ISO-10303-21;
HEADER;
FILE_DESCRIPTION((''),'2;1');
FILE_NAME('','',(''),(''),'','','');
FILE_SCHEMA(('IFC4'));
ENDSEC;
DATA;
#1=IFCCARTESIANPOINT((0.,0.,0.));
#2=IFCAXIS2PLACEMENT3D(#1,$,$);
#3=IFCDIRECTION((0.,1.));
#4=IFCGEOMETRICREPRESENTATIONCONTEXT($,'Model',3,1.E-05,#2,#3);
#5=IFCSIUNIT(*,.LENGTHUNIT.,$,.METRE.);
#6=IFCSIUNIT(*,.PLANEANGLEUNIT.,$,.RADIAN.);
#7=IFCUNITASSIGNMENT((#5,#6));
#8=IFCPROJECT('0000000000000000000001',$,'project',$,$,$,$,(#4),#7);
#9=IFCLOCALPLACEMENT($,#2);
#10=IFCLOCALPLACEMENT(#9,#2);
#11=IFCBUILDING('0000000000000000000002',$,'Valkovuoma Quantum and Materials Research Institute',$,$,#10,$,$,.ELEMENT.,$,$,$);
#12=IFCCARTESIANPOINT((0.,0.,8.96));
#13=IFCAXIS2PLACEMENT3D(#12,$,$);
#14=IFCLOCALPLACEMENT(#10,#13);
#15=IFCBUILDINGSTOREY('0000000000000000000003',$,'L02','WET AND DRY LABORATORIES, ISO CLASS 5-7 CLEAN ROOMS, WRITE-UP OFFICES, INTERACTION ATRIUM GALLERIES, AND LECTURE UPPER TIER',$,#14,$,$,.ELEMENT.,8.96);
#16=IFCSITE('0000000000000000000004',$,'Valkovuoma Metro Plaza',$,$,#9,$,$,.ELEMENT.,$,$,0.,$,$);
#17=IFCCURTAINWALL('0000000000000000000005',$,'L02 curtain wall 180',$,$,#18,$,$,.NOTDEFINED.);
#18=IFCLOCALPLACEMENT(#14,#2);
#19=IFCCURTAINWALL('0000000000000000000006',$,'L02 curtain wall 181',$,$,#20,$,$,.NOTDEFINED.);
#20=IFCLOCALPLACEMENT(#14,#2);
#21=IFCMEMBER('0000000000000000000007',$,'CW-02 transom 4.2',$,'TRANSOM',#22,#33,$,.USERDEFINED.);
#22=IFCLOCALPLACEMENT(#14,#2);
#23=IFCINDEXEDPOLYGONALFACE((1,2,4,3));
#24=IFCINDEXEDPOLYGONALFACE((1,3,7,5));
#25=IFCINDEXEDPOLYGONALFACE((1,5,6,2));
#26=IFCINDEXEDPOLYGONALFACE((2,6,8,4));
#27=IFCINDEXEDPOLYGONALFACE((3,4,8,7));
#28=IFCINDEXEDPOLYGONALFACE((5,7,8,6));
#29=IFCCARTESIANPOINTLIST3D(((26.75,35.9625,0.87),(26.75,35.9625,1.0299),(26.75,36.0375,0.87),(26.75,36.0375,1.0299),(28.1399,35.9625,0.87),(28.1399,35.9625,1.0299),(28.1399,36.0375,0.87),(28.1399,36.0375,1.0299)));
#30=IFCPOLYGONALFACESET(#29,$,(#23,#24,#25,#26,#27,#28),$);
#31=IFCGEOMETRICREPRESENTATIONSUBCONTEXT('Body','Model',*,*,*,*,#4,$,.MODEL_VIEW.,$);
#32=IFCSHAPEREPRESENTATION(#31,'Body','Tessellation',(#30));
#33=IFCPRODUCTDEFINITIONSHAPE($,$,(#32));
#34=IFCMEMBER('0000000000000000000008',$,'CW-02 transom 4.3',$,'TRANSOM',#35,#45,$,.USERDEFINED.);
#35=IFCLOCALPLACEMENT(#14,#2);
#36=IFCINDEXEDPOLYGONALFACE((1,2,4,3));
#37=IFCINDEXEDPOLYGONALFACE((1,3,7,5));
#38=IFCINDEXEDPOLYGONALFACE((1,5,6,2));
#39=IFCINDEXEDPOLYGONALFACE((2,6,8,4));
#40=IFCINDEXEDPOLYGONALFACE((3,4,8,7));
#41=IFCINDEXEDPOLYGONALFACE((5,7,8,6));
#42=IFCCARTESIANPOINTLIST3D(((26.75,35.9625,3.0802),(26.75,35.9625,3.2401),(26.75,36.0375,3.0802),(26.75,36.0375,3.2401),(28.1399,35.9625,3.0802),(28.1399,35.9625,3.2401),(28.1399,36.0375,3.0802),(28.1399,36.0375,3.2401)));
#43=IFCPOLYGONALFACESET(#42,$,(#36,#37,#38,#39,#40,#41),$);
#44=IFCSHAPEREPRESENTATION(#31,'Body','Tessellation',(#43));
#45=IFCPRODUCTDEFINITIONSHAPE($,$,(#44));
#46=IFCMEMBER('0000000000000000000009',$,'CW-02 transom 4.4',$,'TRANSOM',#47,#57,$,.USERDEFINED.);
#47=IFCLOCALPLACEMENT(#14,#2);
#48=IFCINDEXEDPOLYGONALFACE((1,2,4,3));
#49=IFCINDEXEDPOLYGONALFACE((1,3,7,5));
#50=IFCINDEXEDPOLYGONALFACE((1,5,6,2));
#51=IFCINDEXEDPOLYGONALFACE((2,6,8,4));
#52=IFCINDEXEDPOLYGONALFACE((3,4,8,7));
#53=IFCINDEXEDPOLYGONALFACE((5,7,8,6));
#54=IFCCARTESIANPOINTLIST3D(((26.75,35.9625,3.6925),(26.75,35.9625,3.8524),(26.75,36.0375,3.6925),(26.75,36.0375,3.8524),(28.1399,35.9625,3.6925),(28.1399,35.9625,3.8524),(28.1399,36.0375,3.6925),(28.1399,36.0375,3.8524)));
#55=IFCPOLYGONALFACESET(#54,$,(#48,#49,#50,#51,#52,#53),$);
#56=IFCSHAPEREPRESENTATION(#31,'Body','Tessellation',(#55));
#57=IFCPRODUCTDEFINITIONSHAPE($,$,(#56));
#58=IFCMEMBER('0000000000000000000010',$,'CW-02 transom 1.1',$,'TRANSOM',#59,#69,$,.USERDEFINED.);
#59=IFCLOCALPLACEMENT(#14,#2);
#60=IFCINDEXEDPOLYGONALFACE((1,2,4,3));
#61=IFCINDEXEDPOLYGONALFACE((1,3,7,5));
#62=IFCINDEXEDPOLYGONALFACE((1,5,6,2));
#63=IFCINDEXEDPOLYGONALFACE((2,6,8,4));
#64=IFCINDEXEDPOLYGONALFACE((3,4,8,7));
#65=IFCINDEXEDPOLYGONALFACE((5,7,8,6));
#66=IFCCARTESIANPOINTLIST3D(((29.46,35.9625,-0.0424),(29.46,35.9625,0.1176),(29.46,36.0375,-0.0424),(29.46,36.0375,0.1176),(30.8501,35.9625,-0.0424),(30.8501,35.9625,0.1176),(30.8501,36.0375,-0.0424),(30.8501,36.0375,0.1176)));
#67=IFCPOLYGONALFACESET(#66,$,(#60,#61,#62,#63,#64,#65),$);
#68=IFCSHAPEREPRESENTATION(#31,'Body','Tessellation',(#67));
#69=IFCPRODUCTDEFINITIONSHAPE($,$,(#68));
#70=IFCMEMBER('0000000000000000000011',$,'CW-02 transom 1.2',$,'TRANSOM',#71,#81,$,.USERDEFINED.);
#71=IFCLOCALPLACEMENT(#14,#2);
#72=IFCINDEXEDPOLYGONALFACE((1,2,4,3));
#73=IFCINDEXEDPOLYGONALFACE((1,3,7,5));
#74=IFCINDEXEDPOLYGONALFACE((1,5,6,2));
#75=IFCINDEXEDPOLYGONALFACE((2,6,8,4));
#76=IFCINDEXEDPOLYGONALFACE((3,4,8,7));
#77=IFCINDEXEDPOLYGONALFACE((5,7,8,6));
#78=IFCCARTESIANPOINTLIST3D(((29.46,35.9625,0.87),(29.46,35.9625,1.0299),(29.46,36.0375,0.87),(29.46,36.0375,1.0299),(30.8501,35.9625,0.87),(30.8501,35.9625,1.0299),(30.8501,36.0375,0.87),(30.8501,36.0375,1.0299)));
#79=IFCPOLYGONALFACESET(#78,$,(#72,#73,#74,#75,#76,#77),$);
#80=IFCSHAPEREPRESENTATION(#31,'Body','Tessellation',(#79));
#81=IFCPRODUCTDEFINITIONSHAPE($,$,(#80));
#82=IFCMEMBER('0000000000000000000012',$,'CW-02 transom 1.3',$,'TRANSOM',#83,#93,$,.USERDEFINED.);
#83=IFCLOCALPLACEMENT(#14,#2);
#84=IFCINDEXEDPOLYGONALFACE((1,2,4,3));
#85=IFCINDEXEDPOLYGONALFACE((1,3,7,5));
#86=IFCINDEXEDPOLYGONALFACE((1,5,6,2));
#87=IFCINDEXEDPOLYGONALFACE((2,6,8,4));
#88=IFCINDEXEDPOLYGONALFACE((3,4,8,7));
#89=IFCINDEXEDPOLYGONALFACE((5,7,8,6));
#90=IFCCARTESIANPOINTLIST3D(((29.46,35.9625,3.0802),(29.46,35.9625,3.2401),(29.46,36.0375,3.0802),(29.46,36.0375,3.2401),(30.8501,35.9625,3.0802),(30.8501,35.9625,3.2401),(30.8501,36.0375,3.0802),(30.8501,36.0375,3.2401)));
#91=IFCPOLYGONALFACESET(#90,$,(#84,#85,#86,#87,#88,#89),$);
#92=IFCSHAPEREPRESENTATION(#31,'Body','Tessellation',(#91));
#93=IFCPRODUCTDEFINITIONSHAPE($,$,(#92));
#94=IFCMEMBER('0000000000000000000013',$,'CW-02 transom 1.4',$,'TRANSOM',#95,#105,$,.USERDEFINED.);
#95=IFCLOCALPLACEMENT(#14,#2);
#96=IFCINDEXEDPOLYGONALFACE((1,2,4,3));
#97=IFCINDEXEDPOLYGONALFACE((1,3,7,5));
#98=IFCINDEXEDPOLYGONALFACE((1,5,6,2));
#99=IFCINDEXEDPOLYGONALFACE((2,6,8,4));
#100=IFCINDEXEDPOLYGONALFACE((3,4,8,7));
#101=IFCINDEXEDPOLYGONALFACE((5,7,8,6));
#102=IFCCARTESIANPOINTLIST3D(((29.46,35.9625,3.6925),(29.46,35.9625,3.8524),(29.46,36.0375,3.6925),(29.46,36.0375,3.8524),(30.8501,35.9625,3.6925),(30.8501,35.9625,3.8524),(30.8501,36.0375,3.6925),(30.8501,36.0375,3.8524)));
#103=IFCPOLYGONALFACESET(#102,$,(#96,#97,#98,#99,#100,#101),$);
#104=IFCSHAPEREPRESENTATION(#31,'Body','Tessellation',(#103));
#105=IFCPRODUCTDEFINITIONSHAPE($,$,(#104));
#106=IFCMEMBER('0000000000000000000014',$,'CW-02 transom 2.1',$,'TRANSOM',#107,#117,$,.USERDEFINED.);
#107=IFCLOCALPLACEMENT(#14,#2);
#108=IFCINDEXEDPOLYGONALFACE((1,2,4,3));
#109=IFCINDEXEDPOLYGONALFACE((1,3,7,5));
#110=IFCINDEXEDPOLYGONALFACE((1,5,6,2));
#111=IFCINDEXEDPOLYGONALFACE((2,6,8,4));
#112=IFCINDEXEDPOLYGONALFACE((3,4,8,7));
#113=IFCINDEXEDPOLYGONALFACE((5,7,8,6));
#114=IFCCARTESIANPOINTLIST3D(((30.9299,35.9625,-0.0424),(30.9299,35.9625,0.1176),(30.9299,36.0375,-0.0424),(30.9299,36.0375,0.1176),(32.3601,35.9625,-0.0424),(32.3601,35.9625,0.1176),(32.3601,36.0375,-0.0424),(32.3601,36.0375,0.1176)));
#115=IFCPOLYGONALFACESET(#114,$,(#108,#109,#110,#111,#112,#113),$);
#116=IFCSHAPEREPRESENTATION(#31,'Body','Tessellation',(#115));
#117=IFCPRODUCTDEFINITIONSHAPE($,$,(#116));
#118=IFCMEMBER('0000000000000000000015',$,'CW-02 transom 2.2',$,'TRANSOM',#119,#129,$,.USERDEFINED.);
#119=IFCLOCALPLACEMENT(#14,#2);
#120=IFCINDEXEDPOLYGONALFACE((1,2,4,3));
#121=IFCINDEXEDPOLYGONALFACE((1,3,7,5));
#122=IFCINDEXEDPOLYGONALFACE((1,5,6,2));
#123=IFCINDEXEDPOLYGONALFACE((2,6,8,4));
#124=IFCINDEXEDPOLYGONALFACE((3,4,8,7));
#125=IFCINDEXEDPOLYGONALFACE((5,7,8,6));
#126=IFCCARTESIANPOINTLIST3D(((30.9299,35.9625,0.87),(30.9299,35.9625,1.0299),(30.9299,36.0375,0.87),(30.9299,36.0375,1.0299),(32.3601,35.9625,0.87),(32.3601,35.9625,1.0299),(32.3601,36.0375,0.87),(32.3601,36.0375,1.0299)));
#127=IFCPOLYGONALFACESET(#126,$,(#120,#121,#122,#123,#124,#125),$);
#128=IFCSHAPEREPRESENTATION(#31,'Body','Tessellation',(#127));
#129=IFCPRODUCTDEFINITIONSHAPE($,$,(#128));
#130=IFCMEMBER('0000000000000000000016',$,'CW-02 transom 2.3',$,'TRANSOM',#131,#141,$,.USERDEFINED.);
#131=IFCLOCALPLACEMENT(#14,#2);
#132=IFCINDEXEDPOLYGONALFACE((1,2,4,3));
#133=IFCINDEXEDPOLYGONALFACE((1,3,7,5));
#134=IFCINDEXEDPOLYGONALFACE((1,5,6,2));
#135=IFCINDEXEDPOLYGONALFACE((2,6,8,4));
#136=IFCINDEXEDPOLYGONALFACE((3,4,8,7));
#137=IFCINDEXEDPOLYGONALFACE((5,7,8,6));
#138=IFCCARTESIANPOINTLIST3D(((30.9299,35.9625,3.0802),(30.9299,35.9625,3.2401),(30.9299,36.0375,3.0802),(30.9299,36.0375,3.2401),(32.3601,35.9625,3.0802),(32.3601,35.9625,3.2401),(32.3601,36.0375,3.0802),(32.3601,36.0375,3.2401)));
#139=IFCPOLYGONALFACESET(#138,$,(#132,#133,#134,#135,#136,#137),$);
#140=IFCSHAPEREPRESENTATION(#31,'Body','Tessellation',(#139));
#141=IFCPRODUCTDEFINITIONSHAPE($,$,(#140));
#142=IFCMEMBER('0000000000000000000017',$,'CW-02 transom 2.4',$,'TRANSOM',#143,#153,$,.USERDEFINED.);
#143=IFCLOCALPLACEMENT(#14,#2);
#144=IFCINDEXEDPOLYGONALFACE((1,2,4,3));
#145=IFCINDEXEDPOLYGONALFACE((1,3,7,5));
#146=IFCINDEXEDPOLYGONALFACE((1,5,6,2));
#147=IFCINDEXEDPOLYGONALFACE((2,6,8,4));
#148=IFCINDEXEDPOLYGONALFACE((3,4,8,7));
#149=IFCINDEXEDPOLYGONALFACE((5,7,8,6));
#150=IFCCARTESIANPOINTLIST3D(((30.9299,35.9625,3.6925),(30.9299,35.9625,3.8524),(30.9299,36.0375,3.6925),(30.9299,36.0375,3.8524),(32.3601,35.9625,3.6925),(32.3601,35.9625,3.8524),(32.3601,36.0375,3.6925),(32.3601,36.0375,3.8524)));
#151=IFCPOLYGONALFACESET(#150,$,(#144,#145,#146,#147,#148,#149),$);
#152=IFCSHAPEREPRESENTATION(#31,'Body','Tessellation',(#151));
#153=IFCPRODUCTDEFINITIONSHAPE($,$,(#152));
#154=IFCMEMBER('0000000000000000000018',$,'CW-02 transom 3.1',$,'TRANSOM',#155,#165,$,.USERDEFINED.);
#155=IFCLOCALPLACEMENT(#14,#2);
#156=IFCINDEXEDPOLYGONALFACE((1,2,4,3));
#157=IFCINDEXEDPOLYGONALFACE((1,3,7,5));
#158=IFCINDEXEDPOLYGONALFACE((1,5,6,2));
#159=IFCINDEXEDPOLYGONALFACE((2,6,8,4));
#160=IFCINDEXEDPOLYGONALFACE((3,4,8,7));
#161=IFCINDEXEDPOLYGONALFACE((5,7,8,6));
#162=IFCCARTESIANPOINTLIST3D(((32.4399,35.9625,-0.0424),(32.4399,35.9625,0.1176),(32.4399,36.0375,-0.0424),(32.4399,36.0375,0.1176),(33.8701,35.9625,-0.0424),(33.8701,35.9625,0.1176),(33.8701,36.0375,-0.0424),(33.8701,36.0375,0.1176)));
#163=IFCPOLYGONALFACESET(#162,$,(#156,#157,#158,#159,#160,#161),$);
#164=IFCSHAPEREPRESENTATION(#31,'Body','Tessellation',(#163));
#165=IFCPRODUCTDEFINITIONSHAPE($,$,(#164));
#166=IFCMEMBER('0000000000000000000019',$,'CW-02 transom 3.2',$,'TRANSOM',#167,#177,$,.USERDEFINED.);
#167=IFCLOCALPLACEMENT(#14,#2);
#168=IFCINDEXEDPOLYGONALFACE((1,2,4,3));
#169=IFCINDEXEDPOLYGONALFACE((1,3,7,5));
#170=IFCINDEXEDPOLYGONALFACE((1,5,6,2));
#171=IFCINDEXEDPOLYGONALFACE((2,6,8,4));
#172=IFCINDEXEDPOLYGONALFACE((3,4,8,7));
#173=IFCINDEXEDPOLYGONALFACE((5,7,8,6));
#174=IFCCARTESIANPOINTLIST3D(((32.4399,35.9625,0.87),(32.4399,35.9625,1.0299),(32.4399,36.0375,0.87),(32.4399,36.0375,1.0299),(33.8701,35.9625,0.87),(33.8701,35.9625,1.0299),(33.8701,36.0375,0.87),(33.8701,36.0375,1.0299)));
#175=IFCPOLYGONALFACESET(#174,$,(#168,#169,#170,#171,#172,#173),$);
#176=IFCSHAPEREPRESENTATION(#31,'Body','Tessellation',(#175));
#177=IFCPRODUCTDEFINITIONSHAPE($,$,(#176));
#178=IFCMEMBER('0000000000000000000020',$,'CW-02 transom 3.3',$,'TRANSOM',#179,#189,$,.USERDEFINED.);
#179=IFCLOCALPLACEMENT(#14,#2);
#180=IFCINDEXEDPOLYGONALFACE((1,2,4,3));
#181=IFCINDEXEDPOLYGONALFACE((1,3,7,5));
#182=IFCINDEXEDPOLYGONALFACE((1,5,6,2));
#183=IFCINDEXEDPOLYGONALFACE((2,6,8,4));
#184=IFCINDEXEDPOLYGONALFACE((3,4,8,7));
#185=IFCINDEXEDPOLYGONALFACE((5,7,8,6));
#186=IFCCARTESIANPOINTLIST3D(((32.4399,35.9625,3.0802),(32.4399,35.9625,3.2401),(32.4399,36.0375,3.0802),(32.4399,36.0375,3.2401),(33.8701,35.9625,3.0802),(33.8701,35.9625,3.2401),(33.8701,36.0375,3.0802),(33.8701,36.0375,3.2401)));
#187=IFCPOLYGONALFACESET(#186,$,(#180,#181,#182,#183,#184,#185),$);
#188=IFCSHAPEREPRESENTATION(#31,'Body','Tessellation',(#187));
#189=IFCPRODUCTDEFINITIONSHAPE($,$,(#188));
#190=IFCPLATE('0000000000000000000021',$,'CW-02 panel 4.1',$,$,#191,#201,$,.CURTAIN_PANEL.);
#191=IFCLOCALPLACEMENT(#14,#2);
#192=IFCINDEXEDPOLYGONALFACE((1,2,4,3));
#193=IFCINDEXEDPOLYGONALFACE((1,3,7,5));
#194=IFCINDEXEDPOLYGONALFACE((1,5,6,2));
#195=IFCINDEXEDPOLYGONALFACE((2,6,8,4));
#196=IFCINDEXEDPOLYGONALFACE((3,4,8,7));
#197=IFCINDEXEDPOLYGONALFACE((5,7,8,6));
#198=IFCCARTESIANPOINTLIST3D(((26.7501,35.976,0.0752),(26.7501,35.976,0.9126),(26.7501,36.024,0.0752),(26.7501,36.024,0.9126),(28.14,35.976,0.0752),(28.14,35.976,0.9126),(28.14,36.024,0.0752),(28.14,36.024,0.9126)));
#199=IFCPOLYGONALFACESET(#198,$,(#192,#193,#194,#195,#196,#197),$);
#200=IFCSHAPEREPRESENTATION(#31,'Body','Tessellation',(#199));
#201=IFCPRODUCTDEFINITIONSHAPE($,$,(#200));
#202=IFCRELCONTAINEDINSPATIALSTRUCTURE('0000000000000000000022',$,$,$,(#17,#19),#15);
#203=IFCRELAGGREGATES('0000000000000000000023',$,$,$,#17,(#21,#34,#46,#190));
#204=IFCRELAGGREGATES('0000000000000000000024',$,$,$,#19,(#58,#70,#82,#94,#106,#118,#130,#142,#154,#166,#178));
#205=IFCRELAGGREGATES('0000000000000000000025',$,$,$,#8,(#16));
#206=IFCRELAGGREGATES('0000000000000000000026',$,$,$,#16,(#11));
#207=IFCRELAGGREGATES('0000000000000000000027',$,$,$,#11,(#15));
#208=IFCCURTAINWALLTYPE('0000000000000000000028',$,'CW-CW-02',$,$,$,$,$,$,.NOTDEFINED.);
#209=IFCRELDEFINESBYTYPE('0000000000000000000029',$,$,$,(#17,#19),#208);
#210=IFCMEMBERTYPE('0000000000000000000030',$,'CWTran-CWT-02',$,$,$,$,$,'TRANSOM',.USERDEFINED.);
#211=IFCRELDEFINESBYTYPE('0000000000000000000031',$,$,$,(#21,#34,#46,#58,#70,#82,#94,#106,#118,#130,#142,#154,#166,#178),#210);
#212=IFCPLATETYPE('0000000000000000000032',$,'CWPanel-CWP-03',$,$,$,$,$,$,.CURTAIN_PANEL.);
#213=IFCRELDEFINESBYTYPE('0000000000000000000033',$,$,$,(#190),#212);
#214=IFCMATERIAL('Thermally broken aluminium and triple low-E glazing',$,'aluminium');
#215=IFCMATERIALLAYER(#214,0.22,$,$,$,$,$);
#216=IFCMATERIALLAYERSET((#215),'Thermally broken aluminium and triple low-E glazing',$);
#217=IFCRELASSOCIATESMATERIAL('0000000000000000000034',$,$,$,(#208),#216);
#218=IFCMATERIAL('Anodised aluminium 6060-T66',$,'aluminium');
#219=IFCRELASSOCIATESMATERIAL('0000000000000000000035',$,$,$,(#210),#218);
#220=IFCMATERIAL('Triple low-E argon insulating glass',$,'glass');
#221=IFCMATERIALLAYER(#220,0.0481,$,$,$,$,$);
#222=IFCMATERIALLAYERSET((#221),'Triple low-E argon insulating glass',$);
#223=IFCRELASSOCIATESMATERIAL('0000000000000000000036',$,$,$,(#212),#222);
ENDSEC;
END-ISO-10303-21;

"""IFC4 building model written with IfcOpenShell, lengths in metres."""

from ifc_helpers import new_model, si_unit, direction, frame, origin, origin_2d, place, context, subcontext, project, spatial, rectangle, extrude, material, layer, layer_set, material_profile, profile_set, type_object, element, aggregate, save


model = new_model("IFC4")

# Units and contexts
model_context = context("Model", 3, precision=1e-05, world=origin(), true_north=direction((0.0, 1.0)))
body_context = subcontext(model_context, "Body", "Model", "MODEL_VIEW")
ifc_project = project(units=[si_unit("LENGTHUNIT", "METRE"), si_unit("PLANEANGLEUNIT", "RADIAN")], contexts=[model_context])

# Site, building, storey
site_placement = place(None, origin())
site = spatial("IfcSite", under=ifc_project, at=site_placement, Name="Valkovuoma Metro Plaza", CompositionType="ELEMENT", RefElevation=0.0)
building_placement = place(site_placement, origin())
building = spatial("IfcBuilding", under=site, at=building_placement, Name="Valkovuoma Quantum and Materials Research Institute", CompositionType="ELEMENT")
storey_placement = place(building_placement, frame((0.0, 0.0, 8.96)))
storey = spatial("IfcBuildingStorey", under=building, at=storey_placement, Name="L02", Description="WET AND DRY LABORATORIES, ISO CLASS 5-7 CLEAN ROOMS, WRITE-UP OFFICES, INTERACTION ATRIUM GALLERIES, AND LECTURE UPPER TIER", CompositionType="ELEMENT", Elevation=8.96)

# Curtain wall
ifc_material_1 = material(Name="Thermally broken aluminium and triple low-E glazing", Category="aluminium")
ifc_layer_1 = layer(ifc_material_1, 0.22)
ifc_layer_set_1 = layer_set([ifc_layer_1], Name="Thermally broken aluminium and triple low-E glazing")
curtain_wall_type = type_object("IfcCurtainWallType", Name="CW-CW-02", PredefinedType="NOTDEFINED", material=ifc_layer_set_1)
curtain_wall_1_placement = place(storey_placement, origin())
curtain_wall_1 = element("IfcCurtainWall", 1, at=curtain_wall_1_placement, inside=storey, type_object=curtain_wall_type, Name="L02 curtain wall 180", PredefinedType="NOTDEFINED")

# Curtain wall
curtain_wall_2_placement = place(storey_placement, origin())
curtain_wall_2 = element("IfcCurtainWall", 2, at=curtain_wall_2_placement, inside=storey, type_object=curtain_wall_type, Name="L02 curtain wall 181", PredefinedType="NOTDEFINED")

# Members
ifc_material_2 = material(Name="Anodised aluminium 6060-T66", Category="aluminium")
ifc_material_profile_1 = material_profile(ifc_material_2, rectangle(XDim=0.075, YDim=0.1599, at=origin_2d()), Name="Anodised aluminium 6060-T66")
ifc_profile_set_1 = profile_set([ifc_material_profile_1], Name="Anodised aluminium 6060-T66")
member_type_1 = type_object("IfcMemberType", Name="CWTran-CWT-02", ElementType="TRANSOM", PredefinedType="USERDEFINED", material=ifc_profile_set_1)
member_1_placement = place(storey_placement, frame((26.75, 36.0, 0.95), z_axis=(1.0, 0.0, 0.0), x_axis=(0.0, 1.0, 0.0)))
member_1 = element("IfcMember", 3, at=member_1_placement, type_object=member_type_1, Name="CW-02 transom 4.2", ObjectType="TRANSOM", PredefinedType="USERDEFINED", context=body_context, shape_type="SweptSolid", body=[
    extrude(rectangle(XDim=0.075, YDim=0.1599, at=origin_2d()), origin(), (0.0, 0.0, 1.0), 1.3899),
])
member_2_placement = place(storey_placement, frame((26.75, 36.0, 3.1602), z_axis=(1.0, 0.0, 0.0), x_axis=(0.0, 1.0, 0.0)))
member_2 = element("IfcMember", 4, at=member_2_placement, type_object=member_type_1, Name="CW-02 transom 4.3", ObjectType="TRANSOM", PredefinedType="USERDEFINED", context=body_context, shape_type="SweptSolid", body=[
    extrude(rectangle(XDim=0.075, YDim=0.1599, at=origin_2d()), origin(), (0.0, 0.0, 1.0), 1.3899),
])
member_3_placement = place(storey_placement, frame((26.75, 36.0, 3.7725), z_axis=(1.0, 0.0, 0.0), x_axis=(0.0, 1.0, 0.0)))
member_3 = element("IfcMember", 5, at=member_3_placement, type_object=member_type_1, Name="CW-02 transom 4.4", ObjectType="TRANSOM", PredefinedType="USERDEFINED", context=body_context, shape_type="SweptSolid", body=[
    extrude(rectangle(XDim=0.075, YDim=0.1599, at=origin_2d()), origin(), (0.0, 0.0, 1.0), 1.3899),
])
member_4_placement = place(storey_placement, frame((29.46, 36.0, 0.0376), z_axis=(1.0, 0.0, 0.0), x_axis=(0.0, 1.0, 0.0)))
member_4 = element("IfcMember", 6, at=member_4_placement, type_object=member_type_1, Name="CW-02 transom 1.1", ObjectType="TRANSOM", PredefinedType="USERDEFINED", context=body_context, shape_type="SweptSolid", body=[
    extrude(rectangle(XDim=0.075, YDim=0.1599, at=origin_2d()), origin(), (0.0, 0.0, 1.0), 1.3901),
])
member_5_placement = place(storey_placement, frame((29.46, 36.0, 0.95), z_axis=(1.0, 0.0, 0.0), x_axis=(0.0, 1.0, 0.0)))
member_5 = element("IfcMember", 7, at=member_5_placement, type_object=member_type_1, Name="CW-02 transom 1.2", ObjectType="TRANSOM", PredefinedType="USERDEFINED", context=body_context, shape_type="SweptSolid", body=[
    extrude(rectangle(XDim=0.075, YDim=0.1599, at=origin_2d()), origin(), (0.0, 0.0, 1.0), 1.3901),
])
member_6_placement = place(storey_placement, frame((29.46, 36.0, 3.1602), z_axis=(1.0, 0.0, 0.0), x_axis=(0.0, 1.0, 0.0)))
member_6 = element("IfcMember", 8, at=member_6_placement, type_object=member_type_1, Name="CW-02 transom 1.3", ObjectType="TRANSOM", PredefinedType="USERDEFINED", context=body_context, shape_type="SweptSolid", body=[
    extrude(rectangle(XDim=0.075, YDim=0.1599, at=origin_2d()), origin(), (0.0, 0.0, 1.0), 1.3901),
])
member_7_placement = place(storey_placement, frame((29.46, 36.0, 3.7725), z_axis=(1.0, 0.0, 0.0), x_axis=(0.0, 1.0, 0.0)))
member_7 = element("IfcMember", 9, at=member_7_placement, type_object=member_type_1, Name="CW-02 transom 1.4", ObjectType="TRANSOM", PredefinedType="USERDEFINED", context=body_context, shape_type="SweptSolid", body=[
    extrude(rectangle(XDim=0.075, YDim=0.1599, at=origin_2d()), origin(), (0.0, 0.0, 1.0), 1.3901),
])
member_8_placement = place(storey_placement, frame((30.9299, 36.0, 0.0376), z_axis=(1.0, 0.0, 0.0), x_axis=(0.0, 1.0, 0.0)))
member_8 = element("IfcMember", 10, at=member_8_placement, type_object=member_type_1, Name="CW-02 transom 2.1", ObjectType="TRANSOM", PredefinedType="USERDEFINED", context=body_context, shape_type="SweptSolid", body=[
    extrude(rectangle(XDim=0.075, YDim=0.1599, at=origin_2d()), origin(), (0.0, 0.0, 1.0), 1.4302),
])
member_9_placement = place(storey_placement, frame((30.9299, 36.0, 0.95), z_axis=(1.0, 0.0, 0.0), x_axis=(0.0, 1.0, 0.0)))
member_9 = element("IfcMember", 11, at=member_9_placement, type_object=member_type_1, Name="CW-02 transom 2.2", ObjectType="TRANSOM", PredefinedType="USERDEFINED", context=body_context, shape_type="SweptSolid", body=[
    extrude(rectangle(XDim=0.075, YDim=0.1599, at=origin_2d()), origin(), (0.0, 0.0, 1.0), 1.4302),
])
member_10_placement = place(storey_placement, frame((30.9299, 36.0, 3.1602), z_axis=(1.0, 0.0, 0.0), x_axis=(0.0, 1.0, 0.0)))
member_10 = element("IfcMember", 12, at=member_10_placement, type_object=member_type_1, Name="CW-02 transom 2.3", ObjectType="TRANSOM", PredefinedType="USERDEFINED", context=body_context, shape_type="SweptSolid", body=[
    extrude(rectangle(XDim=0.075, YDim=0.1599, at=origin_2d()), origin(), (0.0, 0.0, 1.0), 1.4302),
])
member_11_placement = place(storey_placement, frame((30.9299, 36.0, 3.7725), z_axis=(1.0, 0.0, 0.0), x_axis=(0.0, 1.0, 0.0)))
member_11 = element("IfcMember", 13, at=member_11_placement, type_object=member_type_1, Name="CW-02 transom 2.4", ObjectType="TRANSOM", PredefinedType="USERDEFINED", context=body_context, shape_type="SweptSolid", body=[
    extrude(rectangle(XDim=0.075, YDim=0.1599, at=origin_2d()), origin(), (0.0, 0.0, 1.0), 1.4302),
])
member_12_placement = place(storey_placement, frame((32.4399, 36.0, 0.0376), z_axis=(1.0, 0.0, 0.0), x_axis=(0.0, 1.0, 0.0)))
member_12 = element("IfcMember", 14, at=member_12_placement, type_object=member_type_1, Name="CW-02 transom 3.1", ObjectType="TRANSOM", PredefinedType="USERDEFINED", context=body_context, shape_type="SweptSolid", body=[
    extrude(rectangle(XDim=0.075, YDim=0.1599, at=origin_2d()), origin(), (0.0, 0.0, 1.0), 1.4302),
])
member_13_placement = place(storey_placement, frame((32.4399, 36.0, 0.95), z_axis=(1.0, 0.0, 0.0), x_axis=(0.0, 1.0, 0.0)))
member_13 = element("IfcMember", 15, at=member_13_placement, type_object=member_type_1, Name="CW-02 transom 3.2", ObjectType="TRANSOM", PredefinedType="USERDEFINED", context=body_context, shape_type="SweptSolid", body=[
    extrude(rectangle(XDim=0.075, YDim=0.1599, at=origin_2d()), origin(), (0.0, 0.0, 1.0), 1.4302),
])
member_14_placement = place(storey_placement, frame((32.4399, 36.0, 3.1602), z_axis=(1.0, 0.0, 0.0), x_axis=(0.0, 1.0, 0.0)))
member_14 = element("IfcMember", 16, at=member_14_placement, type_object=member_type_1, Name="CW-02 transom 3.3", ObjectType="TRANSOM", PredefinedType="USERDEFINED", context=body_context, shape_type="SweptSolid", body=[
    extrude(rectangle(XDim=0.075, YDim=0.1599, at=origin_2d()), origin(), (0.0, 0.0, 1.0), 1.4302),
])

# Plate
ifc_material_3 = material(Name="Triple low-E argon insulating glass", Category="glass")
ifc_layer_2 = layer(ifc_material_3, 0.0481)
ifc_layer_set_2 = layer_set([ifc_layer_2], Name="Triple low-E argon insulating glass")
plate_type = type_object("IfcPlateType", Name="CWPanel-CWP-03", PredefinedType="CURTAIN_PANEL", material=ifc_layer_set_2)
plate_1_placement = place(storey_placement, frame((27.4451, 36.0, 0.0752), z_axis=(0.0, 0.0, 1.0), x_axis=(1.0, 0.0, 0.0)))
plate_1 = element("IfcPlate", 17, at=plate_1_placement, type_object=plate_type, Name="CW-02 panel 4.1", PredefinedType="CURTAIN_PANEL", context=body_context, shape_type="SweptSolid", body=[
    extrude(rectangle(XDim=1.3899, YDim=0.0481, at=origin_2d()), origin(), (0.0, 0.0, 1.0), 0.8374),
])
aggregate(curtain_wall_1, [member_1, member_2, member_3, plate_1])
aggregate(curtain_wall_2, [member_4, member_5, member_6, member_7, member_8, member_9, member_10, member_11, member_12, member_13, member_14])

save(model, "model.ifc")
